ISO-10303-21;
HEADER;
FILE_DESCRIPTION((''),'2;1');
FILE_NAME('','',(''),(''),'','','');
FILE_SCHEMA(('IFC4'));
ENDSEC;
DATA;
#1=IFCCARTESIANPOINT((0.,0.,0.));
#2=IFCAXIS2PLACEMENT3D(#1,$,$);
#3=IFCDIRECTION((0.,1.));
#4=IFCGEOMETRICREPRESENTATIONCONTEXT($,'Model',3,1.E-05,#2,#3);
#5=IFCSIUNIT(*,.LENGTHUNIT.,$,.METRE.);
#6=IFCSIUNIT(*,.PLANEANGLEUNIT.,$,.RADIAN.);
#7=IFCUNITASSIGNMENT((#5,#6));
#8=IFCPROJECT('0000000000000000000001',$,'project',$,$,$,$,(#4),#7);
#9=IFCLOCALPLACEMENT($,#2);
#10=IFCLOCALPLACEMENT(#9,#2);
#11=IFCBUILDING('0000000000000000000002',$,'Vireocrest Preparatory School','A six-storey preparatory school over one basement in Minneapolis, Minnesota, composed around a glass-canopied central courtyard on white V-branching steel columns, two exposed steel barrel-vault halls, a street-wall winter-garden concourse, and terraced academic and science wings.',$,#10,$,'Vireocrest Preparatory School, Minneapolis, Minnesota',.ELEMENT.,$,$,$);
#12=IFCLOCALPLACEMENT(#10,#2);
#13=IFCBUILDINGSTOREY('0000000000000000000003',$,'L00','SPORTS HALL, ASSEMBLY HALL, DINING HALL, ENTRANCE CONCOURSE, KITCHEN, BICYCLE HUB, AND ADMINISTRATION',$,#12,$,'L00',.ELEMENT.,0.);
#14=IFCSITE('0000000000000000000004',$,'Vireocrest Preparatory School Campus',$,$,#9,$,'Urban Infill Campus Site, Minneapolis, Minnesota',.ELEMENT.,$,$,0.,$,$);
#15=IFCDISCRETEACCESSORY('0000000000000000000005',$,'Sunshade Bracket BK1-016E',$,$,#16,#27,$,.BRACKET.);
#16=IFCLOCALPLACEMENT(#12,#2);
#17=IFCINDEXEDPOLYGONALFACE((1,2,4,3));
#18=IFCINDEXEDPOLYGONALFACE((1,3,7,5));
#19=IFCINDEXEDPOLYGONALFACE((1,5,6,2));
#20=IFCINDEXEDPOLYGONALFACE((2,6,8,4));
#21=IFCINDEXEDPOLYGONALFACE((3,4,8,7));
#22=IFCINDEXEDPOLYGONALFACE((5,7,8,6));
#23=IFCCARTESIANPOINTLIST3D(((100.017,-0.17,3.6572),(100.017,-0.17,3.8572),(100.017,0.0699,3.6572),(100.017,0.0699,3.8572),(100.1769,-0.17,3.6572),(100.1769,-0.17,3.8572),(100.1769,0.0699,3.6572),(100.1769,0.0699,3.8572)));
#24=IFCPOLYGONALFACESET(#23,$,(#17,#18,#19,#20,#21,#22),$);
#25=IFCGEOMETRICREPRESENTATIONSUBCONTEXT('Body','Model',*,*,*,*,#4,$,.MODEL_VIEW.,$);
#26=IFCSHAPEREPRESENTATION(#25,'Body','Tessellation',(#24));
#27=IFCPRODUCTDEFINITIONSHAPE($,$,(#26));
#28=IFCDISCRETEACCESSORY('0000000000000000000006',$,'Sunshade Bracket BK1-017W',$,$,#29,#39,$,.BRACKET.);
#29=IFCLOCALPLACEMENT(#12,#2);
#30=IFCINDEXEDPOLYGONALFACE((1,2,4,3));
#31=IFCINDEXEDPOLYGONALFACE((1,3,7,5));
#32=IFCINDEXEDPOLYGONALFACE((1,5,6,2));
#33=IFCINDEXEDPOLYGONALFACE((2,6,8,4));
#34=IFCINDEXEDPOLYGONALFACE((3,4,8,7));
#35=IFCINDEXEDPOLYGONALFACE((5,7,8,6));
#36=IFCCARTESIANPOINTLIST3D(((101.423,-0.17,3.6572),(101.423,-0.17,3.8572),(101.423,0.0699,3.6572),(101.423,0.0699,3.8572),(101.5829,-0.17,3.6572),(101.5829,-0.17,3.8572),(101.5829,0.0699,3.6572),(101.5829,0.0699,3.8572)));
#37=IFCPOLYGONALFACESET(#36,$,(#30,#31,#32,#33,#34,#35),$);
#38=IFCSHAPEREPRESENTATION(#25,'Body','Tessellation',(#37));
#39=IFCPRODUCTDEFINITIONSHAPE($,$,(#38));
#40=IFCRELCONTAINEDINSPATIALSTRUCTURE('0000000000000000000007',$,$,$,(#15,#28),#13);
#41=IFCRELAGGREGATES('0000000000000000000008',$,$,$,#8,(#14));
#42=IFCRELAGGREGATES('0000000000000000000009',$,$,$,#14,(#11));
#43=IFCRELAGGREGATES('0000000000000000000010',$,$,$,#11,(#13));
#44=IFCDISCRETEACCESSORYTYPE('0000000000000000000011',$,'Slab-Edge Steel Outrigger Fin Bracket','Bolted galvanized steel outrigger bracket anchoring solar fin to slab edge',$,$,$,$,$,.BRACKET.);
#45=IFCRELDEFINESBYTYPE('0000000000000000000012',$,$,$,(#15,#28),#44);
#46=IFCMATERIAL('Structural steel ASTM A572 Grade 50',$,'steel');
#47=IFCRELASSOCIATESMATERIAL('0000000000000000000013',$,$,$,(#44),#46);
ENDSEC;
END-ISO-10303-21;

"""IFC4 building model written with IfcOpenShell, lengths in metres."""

from ifc_helpers import new_model, si_unit, direction, frame, origin, origin_2d, place, context, subcontext, project, spatial, rectangle, extrude, material, type_object, element, save


model = new_model("IFC4")

# Units and contexts
model_context = context("Model", 3, precision=1e-05, world=origin(), true_north=direction((0.0, 1.0)))
body_context = subcontext(model_context, "Body", "Model", "MODEL_VIEW")
ifc_project = project(units=[si_unit("LENGTHUNIT", "METRE"), si_unit("PLANEANGLEUNIT", "RADIAN")], contexts=[model_context])

# Site, building, storey
site_placement = place(None, origin())
site = spatial("IfcSite", under=ifc_project, at=site_placement, Name="Vireocrest Preparatory School Campus", LongName="Urban Infill Campus Site, Minneapolis, Minnesota", CompositionType="ELEMENT", RefElevation=0.0)
building_placement = place(site_placement, origin())
building = spatial("IfcBuilding", under=site, at=building_placement, Name="Vireocrest Preparatory School", Description="A six-storey preparatory school over one basement in Minneapolis, Minnesota, composed around a glass-canopied central courtyard on white V-branching steel columns, two exposed steel barrel-vault halls, a street-wall winter-garden concourse, and terraced academic and science wings.", LongName="Vireocrest Preparatory School, Minneapolis, Minnesota", CompositionType="ELEMENT")
storey_placement = place(building_placement, origin())
storey = spatial("IfcBuildingStorey", under=building, at=storey_placement, Name="L00", Description="SPORTS HALL, ASSEMBLY HALL, DINING HALL, ENTRANCE CONCOURSE, KITCHEN, BICYCLE HUB, AND ADMINISTRATION", LongName="L00", CompositionType="ELEMENT", Elevation=0.0)

# Discrete accessories
ifc_material_1 = material(Name="Structural steel ASTM A572 Grade 50", Category="steel")
discrete_accessory_type = type_object("IfcDiscreteAccessoryType", Name="Slab-Edge Steel Outrigger Fin Bracket", Description="Bolted galvanized steel outrigger bracket anchoring solar fin to slab edge", PredefinedType="BRACKET", material=ifc_material_1)
for number, where, z_axis, x_axis, name in (
    (1, (100.0969, -0.05, 3.6572), (0.0, 0.0, 1.0), (1.0, 0.0, 0.0), "Sunshade Bracket BK1-016E"),
    (2, (101.5029, -0.05, 3.6572), (0.0, 0.0, 1.0), (1.0, 0.0, 0.0), "Sunshade Bracket BK1-017W"),
):
    element("IfcDiscreteAccessory", number, at=place(storey_placement, frame(where, z_axis=z_axis, x_axis=x_axis)), inside=storey, type_object=discrete_accessory_type, Name=name, PredefinedType="BRACKET", context=body_context, shape_type="SweptSolid", body=[
        extrude(rectangle(XDim=0.1599, YDim=0.24, at=origin_2d()), origin(), (0.0, 0.0, 1.0), 0.2),
    ])

save(model, "model.ifc")
